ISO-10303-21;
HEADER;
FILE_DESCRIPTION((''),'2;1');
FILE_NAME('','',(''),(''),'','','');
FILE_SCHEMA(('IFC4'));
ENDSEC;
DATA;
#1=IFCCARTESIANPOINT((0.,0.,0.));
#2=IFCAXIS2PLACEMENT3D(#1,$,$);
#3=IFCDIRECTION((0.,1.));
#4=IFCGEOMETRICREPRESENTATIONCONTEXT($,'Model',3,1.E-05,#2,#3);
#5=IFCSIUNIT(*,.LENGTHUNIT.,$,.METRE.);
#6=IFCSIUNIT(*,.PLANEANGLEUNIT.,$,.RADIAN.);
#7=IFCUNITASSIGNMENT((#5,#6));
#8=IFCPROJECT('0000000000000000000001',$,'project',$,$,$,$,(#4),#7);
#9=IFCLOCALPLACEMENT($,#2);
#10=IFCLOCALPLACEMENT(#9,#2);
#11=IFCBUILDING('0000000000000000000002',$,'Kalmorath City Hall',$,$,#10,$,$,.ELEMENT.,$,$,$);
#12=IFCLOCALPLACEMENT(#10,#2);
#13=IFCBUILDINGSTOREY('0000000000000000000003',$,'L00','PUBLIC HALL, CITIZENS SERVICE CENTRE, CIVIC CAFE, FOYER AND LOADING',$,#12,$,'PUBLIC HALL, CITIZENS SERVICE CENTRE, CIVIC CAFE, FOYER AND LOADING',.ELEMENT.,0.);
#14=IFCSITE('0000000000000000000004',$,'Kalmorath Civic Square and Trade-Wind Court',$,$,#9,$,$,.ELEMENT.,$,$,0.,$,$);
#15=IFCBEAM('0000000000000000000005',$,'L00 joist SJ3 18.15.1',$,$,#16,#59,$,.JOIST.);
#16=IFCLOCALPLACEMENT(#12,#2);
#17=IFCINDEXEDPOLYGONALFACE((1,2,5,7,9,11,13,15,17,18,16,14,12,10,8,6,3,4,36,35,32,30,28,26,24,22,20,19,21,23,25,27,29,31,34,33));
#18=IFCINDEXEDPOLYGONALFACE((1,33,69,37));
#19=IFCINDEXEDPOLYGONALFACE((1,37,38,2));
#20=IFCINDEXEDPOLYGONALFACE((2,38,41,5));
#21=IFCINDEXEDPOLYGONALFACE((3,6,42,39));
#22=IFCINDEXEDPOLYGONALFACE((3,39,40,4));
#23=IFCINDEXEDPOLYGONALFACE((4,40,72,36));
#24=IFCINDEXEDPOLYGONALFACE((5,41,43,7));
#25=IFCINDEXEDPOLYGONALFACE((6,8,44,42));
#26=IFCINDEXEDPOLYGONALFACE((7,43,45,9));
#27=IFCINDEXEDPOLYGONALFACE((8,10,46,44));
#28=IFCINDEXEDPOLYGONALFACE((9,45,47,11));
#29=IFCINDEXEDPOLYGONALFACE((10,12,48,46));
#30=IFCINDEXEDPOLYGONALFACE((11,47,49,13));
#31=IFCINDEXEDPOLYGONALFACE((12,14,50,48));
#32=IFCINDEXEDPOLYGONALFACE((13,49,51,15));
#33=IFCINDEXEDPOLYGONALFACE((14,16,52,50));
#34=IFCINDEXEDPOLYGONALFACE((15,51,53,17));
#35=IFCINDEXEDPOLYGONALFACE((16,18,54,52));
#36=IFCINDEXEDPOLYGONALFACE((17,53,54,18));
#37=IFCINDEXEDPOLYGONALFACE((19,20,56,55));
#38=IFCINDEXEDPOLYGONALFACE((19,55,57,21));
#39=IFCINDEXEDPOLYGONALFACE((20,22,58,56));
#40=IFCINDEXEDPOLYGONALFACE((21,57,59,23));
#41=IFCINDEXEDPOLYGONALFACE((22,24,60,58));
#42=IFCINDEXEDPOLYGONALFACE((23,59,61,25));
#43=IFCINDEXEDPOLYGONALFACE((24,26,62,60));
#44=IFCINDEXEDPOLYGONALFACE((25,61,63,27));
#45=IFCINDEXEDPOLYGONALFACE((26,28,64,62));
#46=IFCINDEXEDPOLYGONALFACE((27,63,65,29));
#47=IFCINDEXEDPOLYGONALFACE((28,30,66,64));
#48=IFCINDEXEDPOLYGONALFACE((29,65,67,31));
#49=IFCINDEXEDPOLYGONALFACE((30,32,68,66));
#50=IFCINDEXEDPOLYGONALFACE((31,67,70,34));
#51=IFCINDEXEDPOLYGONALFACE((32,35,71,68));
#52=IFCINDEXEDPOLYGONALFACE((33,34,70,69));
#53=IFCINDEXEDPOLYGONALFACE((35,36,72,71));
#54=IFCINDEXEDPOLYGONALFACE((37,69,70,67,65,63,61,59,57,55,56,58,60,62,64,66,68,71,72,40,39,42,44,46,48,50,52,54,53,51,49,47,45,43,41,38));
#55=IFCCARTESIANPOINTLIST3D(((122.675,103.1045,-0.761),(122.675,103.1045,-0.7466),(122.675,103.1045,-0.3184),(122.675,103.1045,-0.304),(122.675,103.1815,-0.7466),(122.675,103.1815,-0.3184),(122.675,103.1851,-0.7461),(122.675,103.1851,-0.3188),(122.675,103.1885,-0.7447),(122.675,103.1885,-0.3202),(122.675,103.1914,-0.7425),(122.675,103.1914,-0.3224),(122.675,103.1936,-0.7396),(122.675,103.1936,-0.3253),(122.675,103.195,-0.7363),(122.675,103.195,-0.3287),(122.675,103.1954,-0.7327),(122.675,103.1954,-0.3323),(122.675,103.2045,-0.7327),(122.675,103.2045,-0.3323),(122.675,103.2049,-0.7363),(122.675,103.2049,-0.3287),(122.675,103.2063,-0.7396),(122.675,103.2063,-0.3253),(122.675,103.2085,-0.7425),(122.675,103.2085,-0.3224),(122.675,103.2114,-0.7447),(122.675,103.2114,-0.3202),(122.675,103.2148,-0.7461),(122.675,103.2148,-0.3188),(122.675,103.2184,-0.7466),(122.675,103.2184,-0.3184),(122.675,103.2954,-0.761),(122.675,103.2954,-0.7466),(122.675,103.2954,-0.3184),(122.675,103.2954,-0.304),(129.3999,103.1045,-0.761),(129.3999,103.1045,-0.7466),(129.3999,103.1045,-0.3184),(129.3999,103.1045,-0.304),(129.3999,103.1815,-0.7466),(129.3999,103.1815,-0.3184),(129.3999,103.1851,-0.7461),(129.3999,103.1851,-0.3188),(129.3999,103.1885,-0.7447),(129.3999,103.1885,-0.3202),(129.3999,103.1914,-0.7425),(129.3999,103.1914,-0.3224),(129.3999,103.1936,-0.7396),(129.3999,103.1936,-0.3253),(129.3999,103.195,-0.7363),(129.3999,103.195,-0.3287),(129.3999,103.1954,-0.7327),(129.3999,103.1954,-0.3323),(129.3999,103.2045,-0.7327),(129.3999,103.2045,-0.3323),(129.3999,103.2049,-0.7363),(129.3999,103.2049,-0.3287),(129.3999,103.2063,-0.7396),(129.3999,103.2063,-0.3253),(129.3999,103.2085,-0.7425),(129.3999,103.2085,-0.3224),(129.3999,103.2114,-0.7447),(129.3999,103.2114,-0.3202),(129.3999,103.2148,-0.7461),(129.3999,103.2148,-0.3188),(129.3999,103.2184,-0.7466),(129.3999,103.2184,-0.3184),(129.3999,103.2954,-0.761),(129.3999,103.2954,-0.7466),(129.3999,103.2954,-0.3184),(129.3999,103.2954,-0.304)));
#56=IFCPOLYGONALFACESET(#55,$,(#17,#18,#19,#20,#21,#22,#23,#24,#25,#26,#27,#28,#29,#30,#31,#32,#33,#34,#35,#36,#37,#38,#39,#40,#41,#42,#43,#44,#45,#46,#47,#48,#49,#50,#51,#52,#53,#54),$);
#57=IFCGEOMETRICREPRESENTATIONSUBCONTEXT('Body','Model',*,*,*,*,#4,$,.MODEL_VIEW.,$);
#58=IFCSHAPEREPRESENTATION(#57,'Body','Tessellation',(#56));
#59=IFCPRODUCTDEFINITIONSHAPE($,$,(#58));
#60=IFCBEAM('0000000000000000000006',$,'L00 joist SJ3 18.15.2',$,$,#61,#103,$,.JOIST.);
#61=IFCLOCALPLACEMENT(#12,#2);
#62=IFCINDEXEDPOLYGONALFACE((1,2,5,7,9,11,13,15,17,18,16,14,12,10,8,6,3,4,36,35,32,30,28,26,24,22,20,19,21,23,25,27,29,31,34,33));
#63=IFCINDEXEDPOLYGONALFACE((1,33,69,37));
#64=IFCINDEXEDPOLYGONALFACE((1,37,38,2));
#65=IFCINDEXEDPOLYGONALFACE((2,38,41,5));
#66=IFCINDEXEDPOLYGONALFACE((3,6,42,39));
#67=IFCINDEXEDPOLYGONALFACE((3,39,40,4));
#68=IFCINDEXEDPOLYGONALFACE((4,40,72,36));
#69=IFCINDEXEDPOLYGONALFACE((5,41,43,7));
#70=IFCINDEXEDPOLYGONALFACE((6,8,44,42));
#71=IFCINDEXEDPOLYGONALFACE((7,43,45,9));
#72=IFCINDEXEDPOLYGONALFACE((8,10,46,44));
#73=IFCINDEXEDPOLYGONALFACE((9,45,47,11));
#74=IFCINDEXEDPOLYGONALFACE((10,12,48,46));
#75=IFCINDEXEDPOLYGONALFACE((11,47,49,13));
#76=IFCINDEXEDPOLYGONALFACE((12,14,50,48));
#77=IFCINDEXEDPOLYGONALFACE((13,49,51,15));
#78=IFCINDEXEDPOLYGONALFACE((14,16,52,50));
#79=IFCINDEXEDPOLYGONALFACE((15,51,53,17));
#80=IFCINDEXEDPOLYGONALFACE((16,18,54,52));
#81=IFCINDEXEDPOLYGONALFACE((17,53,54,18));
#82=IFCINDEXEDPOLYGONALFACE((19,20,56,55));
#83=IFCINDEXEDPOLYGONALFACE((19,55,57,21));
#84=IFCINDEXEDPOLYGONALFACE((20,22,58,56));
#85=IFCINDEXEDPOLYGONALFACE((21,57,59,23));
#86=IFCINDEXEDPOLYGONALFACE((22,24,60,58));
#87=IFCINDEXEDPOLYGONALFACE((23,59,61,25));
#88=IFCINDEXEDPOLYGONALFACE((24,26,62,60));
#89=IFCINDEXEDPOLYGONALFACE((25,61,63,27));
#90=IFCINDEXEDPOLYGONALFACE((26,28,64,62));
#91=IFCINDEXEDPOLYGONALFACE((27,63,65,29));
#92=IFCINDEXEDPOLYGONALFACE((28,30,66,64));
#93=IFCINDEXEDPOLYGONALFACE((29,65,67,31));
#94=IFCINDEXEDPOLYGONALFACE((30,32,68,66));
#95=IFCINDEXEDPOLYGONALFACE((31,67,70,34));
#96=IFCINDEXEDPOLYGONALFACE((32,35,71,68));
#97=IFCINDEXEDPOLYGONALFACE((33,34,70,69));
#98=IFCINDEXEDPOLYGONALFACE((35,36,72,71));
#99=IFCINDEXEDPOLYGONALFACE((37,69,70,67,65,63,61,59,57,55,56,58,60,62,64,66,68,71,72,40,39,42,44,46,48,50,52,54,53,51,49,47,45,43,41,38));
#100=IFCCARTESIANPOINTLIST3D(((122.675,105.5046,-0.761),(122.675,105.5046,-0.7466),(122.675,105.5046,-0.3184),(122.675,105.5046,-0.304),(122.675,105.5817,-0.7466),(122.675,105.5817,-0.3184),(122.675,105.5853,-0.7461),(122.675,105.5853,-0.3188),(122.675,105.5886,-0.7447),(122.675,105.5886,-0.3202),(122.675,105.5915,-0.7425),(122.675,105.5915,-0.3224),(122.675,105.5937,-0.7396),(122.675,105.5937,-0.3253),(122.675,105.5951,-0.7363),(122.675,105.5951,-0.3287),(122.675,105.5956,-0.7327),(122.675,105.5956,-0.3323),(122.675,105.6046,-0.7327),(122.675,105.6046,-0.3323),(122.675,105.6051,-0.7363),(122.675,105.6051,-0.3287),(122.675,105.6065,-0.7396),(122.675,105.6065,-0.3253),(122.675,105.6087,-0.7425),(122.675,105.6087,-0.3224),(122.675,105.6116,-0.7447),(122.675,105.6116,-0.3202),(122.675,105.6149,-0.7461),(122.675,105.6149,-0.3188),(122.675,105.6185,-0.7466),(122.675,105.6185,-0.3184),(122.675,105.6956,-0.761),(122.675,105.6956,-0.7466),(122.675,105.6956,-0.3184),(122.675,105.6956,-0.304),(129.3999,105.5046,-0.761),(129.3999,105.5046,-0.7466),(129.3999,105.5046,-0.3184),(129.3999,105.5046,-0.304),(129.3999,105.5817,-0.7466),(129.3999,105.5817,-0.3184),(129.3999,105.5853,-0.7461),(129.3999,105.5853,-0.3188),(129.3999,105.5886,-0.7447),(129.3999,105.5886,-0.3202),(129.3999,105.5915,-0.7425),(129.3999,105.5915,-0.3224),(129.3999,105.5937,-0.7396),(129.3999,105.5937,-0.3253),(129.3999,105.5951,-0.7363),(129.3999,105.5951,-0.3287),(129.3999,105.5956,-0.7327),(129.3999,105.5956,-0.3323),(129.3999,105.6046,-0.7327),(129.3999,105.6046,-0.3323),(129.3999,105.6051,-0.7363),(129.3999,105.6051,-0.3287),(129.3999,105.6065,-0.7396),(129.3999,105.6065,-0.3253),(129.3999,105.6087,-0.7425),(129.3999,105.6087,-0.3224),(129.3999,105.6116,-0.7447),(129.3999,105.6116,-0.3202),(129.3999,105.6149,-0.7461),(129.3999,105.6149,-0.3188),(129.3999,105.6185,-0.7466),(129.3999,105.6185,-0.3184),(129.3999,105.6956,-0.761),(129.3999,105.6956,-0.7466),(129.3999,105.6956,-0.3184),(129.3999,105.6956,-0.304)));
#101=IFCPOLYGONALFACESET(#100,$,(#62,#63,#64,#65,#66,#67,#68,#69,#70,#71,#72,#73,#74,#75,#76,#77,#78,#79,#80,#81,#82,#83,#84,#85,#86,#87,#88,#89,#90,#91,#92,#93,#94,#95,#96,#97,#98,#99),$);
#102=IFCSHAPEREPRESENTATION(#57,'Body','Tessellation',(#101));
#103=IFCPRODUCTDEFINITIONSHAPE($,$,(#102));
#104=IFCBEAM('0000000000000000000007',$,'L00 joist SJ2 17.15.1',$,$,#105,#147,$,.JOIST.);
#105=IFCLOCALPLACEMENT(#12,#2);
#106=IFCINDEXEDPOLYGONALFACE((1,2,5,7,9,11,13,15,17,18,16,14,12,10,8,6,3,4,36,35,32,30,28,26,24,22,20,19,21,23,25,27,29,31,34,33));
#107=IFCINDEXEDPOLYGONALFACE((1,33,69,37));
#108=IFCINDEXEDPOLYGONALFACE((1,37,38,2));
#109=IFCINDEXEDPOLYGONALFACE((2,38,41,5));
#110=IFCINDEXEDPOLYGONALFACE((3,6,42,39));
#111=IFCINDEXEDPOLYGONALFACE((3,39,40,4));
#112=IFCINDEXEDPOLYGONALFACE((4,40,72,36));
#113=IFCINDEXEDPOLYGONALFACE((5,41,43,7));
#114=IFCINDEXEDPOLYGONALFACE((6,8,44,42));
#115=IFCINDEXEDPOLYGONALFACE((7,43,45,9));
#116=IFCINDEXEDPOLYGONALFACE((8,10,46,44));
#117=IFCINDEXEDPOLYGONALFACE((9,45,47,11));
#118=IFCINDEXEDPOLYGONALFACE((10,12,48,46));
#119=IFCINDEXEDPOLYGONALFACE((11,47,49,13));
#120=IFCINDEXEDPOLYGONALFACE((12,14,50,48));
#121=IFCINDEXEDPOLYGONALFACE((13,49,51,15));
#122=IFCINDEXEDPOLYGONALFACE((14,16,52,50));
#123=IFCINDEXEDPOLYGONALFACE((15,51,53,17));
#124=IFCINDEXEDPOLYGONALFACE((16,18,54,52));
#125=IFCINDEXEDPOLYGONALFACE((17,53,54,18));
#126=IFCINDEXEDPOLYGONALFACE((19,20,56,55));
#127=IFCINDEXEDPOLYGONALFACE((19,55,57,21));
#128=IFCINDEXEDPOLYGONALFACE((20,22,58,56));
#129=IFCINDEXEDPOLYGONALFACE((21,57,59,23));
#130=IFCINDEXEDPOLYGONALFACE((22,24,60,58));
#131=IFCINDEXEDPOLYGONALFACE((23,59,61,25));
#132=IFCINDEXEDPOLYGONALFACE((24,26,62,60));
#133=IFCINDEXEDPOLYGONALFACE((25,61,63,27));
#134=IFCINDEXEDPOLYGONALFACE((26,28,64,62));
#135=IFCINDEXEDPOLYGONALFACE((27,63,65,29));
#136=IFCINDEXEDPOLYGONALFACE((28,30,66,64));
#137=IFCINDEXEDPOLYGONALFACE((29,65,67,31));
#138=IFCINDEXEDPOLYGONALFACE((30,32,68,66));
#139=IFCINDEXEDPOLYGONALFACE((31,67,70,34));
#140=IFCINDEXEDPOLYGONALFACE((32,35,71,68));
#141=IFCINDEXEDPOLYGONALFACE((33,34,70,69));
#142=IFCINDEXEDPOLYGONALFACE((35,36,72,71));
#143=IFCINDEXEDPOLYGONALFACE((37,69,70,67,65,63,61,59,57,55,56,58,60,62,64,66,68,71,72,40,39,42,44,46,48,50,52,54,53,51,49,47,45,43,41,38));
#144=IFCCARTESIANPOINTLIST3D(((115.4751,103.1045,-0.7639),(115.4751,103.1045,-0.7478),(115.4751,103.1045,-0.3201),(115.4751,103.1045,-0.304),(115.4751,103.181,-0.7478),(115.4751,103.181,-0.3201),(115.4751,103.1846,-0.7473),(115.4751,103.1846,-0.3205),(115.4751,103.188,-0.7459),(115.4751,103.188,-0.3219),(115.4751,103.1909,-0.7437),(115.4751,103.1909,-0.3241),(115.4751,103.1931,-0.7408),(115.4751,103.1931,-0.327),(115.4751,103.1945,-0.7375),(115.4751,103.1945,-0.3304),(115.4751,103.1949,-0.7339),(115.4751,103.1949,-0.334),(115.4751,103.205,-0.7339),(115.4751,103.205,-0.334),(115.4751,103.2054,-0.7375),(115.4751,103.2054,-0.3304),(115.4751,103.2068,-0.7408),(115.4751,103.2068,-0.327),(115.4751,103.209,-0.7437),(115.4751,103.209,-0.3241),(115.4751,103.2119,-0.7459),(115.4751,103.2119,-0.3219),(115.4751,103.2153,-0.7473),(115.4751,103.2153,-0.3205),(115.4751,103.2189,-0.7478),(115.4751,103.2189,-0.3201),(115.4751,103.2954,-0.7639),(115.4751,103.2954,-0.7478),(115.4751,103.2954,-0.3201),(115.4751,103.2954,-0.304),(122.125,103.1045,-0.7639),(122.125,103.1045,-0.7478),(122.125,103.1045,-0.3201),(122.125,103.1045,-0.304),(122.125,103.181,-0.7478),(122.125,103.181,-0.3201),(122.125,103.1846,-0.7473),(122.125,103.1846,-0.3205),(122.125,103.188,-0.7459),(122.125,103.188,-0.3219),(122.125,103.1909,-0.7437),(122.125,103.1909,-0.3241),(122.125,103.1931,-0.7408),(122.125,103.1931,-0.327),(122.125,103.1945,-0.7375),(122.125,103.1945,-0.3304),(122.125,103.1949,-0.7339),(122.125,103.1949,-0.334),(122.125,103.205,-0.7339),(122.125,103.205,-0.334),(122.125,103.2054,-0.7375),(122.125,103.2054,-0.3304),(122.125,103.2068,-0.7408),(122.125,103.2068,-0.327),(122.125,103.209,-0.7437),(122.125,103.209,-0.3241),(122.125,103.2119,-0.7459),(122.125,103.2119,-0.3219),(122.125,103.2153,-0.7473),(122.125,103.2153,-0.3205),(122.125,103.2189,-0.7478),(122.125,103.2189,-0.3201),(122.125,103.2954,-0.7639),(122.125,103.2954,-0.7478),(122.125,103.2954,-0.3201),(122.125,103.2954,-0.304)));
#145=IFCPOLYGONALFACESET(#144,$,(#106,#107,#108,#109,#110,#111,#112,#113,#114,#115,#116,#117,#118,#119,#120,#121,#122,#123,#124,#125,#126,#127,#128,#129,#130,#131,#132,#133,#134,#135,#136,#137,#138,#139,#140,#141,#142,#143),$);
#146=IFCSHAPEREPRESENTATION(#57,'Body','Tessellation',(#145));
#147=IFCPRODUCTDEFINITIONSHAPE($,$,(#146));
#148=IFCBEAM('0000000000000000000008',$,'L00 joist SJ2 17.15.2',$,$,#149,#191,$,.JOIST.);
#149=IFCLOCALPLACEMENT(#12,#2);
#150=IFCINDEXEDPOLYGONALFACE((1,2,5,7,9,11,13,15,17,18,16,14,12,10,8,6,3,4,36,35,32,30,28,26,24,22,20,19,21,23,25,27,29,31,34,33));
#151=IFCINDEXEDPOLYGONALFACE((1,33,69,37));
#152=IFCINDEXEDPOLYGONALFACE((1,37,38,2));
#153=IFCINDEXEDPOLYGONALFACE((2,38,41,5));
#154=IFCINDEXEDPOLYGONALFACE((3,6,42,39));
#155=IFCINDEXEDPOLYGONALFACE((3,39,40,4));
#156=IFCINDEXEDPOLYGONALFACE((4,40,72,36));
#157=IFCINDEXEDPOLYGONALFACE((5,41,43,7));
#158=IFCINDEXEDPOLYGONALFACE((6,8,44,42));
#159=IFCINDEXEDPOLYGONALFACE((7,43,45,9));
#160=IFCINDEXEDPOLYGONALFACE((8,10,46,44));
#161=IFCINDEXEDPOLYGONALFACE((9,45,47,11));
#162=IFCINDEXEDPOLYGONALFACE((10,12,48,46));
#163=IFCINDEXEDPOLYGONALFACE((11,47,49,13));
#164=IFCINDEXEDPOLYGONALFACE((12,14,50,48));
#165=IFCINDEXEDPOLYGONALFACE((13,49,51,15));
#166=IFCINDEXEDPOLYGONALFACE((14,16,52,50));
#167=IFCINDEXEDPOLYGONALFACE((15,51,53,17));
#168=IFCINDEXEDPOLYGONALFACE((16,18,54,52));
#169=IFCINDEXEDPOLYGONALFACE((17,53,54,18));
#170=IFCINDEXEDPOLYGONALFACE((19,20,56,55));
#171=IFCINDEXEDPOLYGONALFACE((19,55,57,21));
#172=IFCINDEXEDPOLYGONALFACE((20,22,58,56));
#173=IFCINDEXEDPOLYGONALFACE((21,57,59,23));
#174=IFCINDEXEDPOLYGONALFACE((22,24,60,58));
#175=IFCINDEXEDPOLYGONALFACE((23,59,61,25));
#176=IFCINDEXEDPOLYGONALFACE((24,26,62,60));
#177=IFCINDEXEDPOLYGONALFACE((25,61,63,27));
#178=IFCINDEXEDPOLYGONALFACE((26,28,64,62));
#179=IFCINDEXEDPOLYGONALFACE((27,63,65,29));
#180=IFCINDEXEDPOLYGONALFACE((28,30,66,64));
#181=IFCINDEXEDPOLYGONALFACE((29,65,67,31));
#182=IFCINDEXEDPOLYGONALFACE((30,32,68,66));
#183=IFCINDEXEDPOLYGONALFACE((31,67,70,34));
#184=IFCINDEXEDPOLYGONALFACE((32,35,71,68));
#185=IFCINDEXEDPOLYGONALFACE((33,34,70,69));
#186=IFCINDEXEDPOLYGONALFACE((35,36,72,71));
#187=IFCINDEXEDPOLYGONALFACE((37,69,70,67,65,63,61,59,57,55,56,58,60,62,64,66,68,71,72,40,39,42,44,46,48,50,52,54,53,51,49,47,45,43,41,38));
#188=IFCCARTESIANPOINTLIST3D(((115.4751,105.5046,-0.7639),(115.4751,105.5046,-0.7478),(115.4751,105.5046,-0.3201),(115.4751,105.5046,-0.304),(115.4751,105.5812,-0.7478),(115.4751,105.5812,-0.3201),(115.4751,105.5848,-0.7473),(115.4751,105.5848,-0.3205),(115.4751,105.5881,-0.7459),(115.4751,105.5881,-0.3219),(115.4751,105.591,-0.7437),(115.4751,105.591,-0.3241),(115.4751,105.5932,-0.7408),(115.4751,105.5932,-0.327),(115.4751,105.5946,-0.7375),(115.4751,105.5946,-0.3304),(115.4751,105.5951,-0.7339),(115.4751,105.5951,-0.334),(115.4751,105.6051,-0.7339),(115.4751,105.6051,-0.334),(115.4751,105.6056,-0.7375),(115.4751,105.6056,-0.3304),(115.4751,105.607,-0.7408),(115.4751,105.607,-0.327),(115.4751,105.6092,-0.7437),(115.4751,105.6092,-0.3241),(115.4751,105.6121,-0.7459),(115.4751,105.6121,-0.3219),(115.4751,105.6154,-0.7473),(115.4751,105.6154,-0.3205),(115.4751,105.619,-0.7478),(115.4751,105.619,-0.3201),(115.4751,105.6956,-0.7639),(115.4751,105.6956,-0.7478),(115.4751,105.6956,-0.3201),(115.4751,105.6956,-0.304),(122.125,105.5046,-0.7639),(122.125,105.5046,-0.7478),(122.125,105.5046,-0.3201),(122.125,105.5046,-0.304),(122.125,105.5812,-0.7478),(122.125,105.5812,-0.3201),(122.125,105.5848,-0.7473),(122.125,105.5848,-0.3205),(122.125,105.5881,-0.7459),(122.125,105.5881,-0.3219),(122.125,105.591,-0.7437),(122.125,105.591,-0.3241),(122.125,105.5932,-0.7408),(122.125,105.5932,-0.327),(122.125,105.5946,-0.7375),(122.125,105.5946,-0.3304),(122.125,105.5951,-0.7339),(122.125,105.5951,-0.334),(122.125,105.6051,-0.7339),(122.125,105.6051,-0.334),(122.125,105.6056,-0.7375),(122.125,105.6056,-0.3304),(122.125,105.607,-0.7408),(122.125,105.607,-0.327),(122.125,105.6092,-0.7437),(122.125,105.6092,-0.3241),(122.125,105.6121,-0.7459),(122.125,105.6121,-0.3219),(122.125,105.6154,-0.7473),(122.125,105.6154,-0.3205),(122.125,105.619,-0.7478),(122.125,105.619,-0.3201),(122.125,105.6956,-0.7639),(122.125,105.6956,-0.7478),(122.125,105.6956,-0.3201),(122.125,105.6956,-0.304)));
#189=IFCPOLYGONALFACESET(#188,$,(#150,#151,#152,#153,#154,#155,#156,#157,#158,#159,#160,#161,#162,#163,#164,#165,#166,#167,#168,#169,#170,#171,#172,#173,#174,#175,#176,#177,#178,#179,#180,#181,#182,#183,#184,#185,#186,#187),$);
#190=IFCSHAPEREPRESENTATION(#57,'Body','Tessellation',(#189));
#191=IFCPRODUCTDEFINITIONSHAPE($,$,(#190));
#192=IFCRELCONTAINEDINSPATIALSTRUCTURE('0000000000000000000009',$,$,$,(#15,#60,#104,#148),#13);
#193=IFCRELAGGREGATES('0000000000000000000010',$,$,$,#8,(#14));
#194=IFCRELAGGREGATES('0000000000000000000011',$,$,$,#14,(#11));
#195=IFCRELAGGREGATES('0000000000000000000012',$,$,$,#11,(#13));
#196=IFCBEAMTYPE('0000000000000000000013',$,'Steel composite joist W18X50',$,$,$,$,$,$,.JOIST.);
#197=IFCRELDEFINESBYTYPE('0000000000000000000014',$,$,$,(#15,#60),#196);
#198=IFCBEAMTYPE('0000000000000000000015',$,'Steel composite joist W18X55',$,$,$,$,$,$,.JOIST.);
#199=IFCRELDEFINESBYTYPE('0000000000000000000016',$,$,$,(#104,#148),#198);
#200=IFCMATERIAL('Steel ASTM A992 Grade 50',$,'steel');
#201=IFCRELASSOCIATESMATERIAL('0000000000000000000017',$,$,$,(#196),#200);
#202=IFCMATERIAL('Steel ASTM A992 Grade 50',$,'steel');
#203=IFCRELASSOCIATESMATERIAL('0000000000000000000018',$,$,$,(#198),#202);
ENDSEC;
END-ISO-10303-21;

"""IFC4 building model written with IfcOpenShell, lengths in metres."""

from ifc_helpers import new_model, si_unit, direction, frame, origin, origin_2d, place, context, subcontext, project, spatial, i_section, extrude, material, material_profile, profile_set, type_object, element, save


model = new_model("IFC4")

# Units and contexts
model_context = context("Model", 3, precision=1e-05, world=origin(), true_north=direction((0.0, 1.0)))
body_context = subcontext(model_context, "Body", "Model", "MODEL_VIEW")
ifc_project = project(units=[si_unit("LENGTHUNIT", "METRE"), si_unit("PLANEANGLEUNIT", "RADIAN")], contexts=[model_context])

# Site, building, storey
site_placement = place(None, origin())
site = spatial("IfcSite", under=ifc_project, at=site_placement, Name="Kalmorath Civic Square and Trade-Wind Court", CompositionType="ELEMENT", RefElevation=0.0)
building_placement = place(site_placement, origin())
building = spatial("IfcBuilding", under=site, at=building_placement, Name="Kalmorath City Hall", CompositionType="ELEMENT")
storey_placement = place(building_placement, origin())
storey = spatial("IfcBuildingStorey", under=building, at=storey_placement, Name="L00", Description="PUBLIC HALL, CITIZENS SERVICE CENTRE, CIVIC CAFE, FOYER AND LOADING", LongName="PUBLIC HALL, CITIZENS SERVICE CENTRE, CIVIC CAFE, FOYER AND LOADING", CompositionType="ELEMENT", Elevation=0.0)

# Beams
ifc_material_1 = material(Name="Steel ASTM A992 Grade 50", Category="steel")
ifc_material_profile_1 = material_profile(ifc_material_1, i_section(OverallWidth=0.1909, OverallDepth=0.457, WebThickness=0.009, FlangeThickness=0.0144, FilletRadius=0.0139, at=origin_2d()), Name="W18X50")
ifc_profile_set_1 = profile_set([ifc_material_profile_1], Name="Steel ASTM A992 Grade 50")
beam_type_1 = type_object("IfcBeamType", Name="Steel composite joist W18X50", PredefinedType="JOIST", material=ifc_profile_set_1)
for number, where, z_axis, x_axis, name in (
    (1, (122.675, 103.2, -0.5325), (1.0, 0.0, 0.0), (0.0, 1.0, 0.0), "L00 joist SJ3 18.15.1"),
    (2, (122.675, 105.6001, -0.5325), (1.0, 0.0, 0.0), (0.0, 1.0, 0.0), "L00 joist SJ3 18.15.2"),
):
    element("IfcBeam", number, at=place(storey_placement, frame(where, z_axis=z_axis, x_axis=x_axis)), inside=storey, type_object=beam_type_1, Name=name, PredefinedType="JOIST", context=body_context, shape_type="SweptSolid", body=[
        extrude(i_section(OverallWidth=0.1909, OverallDepth=0.457, WebThickness=0.009, FlangeThickness=0.0144, FilletRadius=0.0139, at=origin_2d()), origin(), (0.0, 0.0, 1.0), 6.7249),
    ])
ifc_material_2 = material(Name="Steel ASTM A992 Grade 50", Category="steel")
ifc_material_profile_2 = material_profile(ifc_material_2, i_section(OverallWidth=0.1909, OverallDepth=0.46, WebThickness=0.01, FlangeThickness=0.0161, FilletRadius=0.0139, at=origin_2d()), Name="W18X55")
ifc_profile_set_2 = profile_set([ifc_material_profile_2], Name="Steel ASTM A992 Grade 50")
beam_type_2 = type_object("IfcBeamType", Name="Steel composite joist W18X55", PredefinedType="JOIST", material=ifc_profile_set_2)
for number, where, z_axis, x_axis, name in (
    (3, (115.4751, 103.2, -0.5339), (1.0, 0.0, 0.0), (0.0, 1.0, 0.0), "L00 joist SJ2 17.15.1"),
    (4, (115.4751, 105.6001, -0.5339), (1.0, 0.0, 0.0), (0.0, 1.0, 0.0), "L00 joist SJ2 17.15.2"),
):
    element("IfcBeam", number, at=place(storey_placement, frame(where, z_axis=z_axis, x_axis=x_axis)), inside=storey, type_object=beam_type_2, Name=name, PredefinedType="JOIST", context=body_context, shape_type="SweptSolid", body=[
        extrude(i_section(OverallWidth=0.1909, OverallDepth=0.46, WebThickness=0.01, FlangeThickness=0.0161, FilletRadius=0.0139, at=origin_2d()), origin(), (0.0, 0.0, 1.0), 6.6499),
    ])

save(model, "model.ifc")
